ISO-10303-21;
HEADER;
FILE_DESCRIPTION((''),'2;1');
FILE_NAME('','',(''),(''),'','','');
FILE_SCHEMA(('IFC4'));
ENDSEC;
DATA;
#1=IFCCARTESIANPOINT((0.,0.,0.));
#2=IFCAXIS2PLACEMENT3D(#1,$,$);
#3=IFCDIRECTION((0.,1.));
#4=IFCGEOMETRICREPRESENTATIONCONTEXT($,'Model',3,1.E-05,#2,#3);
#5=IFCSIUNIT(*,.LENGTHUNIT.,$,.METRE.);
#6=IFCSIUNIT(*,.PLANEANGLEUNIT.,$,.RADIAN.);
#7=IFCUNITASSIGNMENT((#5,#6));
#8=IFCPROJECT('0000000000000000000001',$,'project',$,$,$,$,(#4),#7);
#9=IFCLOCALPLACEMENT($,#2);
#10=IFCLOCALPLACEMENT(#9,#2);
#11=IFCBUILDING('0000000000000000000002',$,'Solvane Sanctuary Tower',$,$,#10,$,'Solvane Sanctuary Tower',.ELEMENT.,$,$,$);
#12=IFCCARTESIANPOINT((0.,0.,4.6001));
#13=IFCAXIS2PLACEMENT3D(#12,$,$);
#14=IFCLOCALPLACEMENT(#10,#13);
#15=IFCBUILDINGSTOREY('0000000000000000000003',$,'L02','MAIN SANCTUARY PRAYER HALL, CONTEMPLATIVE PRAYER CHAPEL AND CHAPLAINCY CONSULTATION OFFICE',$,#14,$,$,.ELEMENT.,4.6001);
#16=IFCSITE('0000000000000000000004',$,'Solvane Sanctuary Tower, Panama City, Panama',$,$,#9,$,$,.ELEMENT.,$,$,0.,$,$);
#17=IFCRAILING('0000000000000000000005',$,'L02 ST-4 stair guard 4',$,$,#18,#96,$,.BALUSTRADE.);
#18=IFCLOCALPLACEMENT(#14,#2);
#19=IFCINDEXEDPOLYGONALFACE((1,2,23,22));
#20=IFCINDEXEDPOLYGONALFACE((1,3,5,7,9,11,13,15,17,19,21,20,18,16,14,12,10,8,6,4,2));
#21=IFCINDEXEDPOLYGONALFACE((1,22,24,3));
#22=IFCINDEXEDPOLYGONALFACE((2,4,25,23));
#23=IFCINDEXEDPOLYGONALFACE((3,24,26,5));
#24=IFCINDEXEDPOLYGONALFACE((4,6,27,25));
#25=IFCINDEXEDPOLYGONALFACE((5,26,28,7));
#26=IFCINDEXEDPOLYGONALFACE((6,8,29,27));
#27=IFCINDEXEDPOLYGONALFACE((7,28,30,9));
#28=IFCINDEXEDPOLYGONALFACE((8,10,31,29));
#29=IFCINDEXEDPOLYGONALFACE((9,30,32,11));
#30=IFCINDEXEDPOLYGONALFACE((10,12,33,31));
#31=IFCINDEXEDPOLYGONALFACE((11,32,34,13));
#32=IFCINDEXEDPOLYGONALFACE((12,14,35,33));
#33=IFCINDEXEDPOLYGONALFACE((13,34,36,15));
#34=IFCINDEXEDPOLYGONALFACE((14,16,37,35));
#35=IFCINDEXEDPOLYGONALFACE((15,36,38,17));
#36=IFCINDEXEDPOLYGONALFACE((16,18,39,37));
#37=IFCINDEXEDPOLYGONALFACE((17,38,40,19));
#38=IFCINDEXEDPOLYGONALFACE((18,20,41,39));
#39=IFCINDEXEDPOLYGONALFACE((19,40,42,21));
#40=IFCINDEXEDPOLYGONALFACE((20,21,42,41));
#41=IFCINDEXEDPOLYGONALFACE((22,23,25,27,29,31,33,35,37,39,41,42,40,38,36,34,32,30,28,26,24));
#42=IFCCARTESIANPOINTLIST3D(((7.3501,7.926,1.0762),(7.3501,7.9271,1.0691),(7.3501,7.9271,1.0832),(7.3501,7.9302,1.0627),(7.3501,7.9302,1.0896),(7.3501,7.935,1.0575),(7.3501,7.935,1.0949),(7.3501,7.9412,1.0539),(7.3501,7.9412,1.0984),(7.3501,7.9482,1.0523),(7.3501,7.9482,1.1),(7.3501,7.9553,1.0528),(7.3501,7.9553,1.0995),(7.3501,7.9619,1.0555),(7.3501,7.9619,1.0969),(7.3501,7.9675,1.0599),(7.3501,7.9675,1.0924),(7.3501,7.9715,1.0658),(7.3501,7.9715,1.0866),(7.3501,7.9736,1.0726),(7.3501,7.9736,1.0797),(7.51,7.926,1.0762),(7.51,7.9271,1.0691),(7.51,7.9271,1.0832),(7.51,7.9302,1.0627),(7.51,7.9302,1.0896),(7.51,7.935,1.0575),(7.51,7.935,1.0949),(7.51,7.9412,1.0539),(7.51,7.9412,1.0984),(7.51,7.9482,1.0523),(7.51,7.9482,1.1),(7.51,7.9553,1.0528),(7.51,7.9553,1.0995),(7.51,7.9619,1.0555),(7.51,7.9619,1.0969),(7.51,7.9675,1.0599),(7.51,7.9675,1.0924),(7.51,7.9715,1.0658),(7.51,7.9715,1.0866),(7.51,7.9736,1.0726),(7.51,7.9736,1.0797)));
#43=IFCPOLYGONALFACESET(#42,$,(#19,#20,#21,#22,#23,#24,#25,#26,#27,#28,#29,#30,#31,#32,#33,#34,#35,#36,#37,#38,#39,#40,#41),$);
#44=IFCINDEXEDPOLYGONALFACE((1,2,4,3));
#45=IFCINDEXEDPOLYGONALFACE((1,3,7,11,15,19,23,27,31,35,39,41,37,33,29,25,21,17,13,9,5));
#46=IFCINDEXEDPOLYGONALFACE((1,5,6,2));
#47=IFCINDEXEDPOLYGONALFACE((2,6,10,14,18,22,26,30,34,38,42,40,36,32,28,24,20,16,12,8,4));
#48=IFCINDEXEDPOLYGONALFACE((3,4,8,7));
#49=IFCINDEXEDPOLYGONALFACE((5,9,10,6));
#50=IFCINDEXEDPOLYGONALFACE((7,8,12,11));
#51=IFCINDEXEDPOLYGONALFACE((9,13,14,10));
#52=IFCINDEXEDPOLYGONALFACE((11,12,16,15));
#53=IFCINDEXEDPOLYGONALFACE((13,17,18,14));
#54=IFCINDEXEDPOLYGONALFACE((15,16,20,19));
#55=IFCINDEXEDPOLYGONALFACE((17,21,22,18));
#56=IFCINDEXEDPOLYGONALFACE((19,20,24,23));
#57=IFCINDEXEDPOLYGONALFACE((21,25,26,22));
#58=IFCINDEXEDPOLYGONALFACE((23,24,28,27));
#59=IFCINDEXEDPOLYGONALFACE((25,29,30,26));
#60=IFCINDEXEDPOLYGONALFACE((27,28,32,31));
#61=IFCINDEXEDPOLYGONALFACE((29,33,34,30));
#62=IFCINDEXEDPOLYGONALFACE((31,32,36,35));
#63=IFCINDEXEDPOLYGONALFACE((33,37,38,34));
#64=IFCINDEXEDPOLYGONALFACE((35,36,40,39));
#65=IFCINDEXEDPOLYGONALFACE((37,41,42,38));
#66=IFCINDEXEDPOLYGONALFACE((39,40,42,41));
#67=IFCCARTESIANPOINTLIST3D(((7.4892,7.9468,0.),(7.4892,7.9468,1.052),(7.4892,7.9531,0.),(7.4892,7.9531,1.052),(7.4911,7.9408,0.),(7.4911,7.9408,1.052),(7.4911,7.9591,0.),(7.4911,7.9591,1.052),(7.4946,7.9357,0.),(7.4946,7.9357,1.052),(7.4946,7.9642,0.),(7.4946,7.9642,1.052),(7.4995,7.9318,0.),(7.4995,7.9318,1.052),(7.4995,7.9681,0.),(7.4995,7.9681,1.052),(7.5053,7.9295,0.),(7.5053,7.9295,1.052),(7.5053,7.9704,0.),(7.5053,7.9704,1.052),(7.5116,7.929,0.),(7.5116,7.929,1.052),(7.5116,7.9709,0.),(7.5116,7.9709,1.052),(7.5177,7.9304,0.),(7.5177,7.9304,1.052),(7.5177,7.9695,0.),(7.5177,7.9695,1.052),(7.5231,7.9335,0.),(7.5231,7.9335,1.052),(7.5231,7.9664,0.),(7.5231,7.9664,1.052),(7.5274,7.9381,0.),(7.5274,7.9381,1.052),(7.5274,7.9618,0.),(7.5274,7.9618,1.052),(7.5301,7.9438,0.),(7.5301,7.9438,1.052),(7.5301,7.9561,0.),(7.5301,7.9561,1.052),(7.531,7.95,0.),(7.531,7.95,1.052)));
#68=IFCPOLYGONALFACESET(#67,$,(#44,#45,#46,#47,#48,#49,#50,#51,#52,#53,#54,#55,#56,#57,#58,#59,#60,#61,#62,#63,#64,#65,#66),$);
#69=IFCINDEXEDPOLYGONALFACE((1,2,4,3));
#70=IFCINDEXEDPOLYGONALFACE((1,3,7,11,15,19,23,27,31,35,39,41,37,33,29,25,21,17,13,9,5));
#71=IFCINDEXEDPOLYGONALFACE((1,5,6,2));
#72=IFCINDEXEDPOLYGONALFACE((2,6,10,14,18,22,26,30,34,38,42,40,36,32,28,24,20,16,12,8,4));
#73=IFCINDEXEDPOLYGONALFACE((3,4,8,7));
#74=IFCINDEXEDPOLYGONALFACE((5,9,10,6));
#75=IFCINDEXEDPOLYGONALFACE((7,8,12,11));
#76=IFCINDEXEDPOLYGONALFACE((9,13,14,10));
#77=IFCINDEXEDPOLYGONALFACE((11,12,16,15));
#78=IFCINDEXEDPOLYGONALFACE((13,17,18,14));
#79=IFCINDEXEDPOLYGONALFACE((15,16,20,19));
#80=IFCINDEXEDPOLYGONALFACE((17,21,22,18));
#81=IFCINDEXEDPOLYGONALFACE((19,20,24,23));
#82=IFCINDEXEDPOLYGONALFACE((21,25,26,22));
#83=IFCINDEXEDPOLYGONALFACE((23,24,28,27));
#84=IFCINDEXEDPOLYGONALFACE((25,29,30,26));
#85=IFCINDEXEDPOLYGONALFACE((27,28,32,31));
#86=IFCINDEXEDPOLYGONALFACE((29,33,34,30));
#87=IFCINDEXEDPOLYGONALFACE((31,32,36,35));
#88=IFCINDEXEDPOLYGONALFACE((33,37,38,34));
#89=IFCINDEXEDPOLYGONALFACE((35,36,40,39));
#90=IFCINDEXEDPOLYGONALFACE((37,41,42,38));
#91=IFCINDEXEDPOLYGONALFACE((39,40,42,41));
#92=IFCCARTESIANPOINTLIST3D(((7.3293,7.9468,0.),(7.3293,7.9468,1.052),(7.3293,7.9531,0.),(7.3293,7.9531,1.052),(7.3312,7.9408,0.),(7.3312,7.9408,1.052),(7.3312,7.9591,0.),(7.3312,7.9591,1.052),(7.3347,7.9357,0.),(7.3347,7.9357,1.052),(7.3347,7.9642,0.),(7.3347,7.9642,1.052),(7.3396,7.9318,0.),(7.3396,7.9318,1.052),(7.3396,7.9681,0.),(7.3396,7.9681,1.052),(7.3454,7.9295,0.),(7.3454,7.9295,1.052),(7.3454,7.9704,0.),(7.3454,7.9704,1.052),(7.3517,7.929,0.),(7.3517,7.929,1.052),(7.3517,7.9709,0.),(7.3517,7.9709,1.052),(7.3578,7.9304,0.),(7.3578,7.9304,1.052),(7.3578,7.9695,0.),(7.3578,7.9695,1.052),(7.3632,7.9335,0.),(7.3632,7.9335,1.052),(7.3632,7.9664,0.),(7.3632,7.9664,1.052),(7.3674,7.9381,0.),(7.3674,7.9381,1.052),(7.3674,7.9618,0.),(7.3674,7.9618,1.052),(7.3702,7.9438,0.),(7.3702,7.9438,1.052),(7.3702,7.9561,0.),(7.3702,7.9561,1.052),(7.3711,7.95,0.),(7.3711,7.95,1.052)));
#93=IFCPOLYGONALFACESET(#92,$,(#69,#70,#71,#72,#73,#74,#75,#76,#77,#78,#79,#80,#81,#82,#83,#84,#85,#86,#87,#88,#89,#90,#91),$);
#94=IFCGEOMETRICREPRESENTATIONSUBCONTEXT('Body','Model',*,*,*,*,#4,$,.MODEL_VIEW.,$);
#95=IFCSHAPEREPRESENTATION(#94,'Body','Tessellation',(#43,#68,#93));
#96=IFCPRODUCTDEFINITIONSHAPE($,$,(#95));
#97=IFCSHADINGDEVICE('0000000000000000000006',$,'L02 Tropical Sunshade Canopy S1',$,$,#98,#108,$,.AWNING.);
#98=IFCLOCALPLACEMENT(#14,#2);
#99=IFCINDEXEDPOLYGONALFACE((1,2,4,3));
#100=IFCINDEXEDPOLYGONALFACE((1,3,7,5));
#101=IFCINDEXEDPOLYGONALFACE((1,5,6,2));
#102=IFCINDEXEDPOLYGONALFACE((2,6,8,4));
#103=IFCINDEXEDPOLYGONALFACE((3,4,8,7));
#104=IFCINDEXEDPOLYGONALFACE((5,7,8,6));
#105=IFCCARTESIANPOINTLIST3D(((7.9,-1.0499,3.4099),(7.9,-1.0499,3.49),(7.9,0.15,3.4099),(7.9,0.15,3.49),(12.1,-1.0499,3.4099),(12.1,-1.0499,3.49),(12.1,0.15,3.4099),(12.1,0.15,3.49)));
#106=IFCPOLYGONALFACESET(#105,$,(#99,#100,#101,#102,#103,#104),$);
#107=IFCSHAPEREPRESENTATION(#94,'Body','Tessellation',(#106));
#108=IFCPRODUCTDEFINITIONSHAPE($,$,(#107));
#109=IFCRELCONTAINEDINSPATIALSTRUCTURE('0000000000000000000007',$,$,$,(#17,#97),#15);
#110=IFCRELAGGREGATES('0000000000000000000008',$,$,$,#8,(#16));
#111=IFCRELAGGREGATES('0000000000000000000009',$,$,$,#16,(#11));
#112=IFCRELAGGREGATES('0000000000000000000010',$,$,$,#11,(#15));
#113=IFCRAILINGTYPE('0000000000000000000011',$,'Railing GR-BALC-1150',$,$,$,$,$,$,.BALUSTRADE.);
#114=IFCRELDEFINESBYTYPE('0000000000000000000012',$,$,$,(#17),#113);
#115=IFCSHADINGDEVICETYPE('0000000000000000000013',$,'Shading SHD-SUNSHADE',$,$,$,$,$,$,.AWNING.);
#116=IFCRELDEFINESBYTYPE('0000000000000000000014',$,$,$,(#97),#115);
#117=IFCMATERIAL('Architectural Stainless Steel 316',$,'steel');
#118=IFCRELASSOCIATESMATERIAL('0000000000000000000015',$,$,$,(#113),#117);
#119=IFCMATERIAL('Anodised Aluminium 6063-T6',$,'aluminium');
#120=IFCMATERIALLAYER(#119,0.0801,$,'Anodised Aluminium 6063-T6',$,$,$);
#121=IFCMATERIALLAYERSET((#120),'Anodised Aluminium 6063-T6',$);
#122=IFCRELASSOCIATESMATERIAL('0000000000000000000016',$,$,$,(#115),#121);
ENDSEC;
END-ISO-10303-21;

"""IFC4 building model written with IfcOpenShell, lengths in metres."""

from ifc_helpers import new_model, si_unit, direction, frame, origin, origin_2d, place, context, subcontext, project, spatial, rectangle, circle, extrude, material, layer, layer_set, type_object, element, save


model = new_model("IFC4")

# Units and contexts
model_context = context("Model", 3, precision=1e-05, world=origin(), true_north=direction((0.0, 1.0)))
body_context = subcontext(model_context, "Body", "Model", "MODEL_VIEW")
ifc_project = project(units=[si_unit("LENGTHUNIT", "METRE"), si_unit("PLANEANGLEUNIT", "RADIAN")], contexts=[model_context])

# Site, building, storey
site_placement = place(None, origin())
site = spatial("IfcSite", under=ifc_project, at=site_placement, Name="Solvane Sanctuary Tower, Panama City, Panama", CompositionType="ELEMENT", RefElevation=0.0)
building_placement = place(site_placement, origin())
building = spatial("IfcBuilding", under=site, at=building_placement, Name="Solvane Sanctuary Tower", LongName="Solvane Sanctuary Tower", CompositionType="ELEMENT")
storey_placement = place(building_placement, frame((0.0, 0.0, 4.6001)))
storey = spatial("IfcBuildingStorey", under=building, at=storey_placement, Name="L02", Description="MAIN SANCTUARY PRAYER HALL, CONTEMPLATIVE PRAYER CHAPEL AND CHAPLAINCY CONSULTATION OFFICE", CompositionType="ELEMENT", Elevation=4.6001)

# Shared definitions
ifc_material_1 = material(Name="Architectural Stainless Steel 316", Category="steel")

# Railing
railing_type = type_object("IfcRailingType", Name="Railing GR-BALC-1150", PredefinedType="BALUSTRADE", material=ifc_material_1)
railing_1_placement = place(storey_placement, frame((7.51, 7.95, 0.0)))
element("IfcRailing", 1, at=railing_1_placement, inside=storey, type_object=railing_type, Name="L02 ST-4 stair guard 4", PredefinedType="BALUSTRADE", context=body_context, shape_type="SweptSolid", body=[
    extrude(circle(Radius=0.0239, at=origin_2d()), frame((0.0, 0.0, 1.0762), z_axis=(-1.0, 0.0, 0.0), x_axis=(0.0, -1.0, 0.0)), (0.0, 0.0, 1.0), 0.1599),
    extrude(circle(Radius=0.021, at=origin_2d()), origin(), (0.0, 0.0, 1.0), 1.052),
    extrude(circle(Radius=0.021, at=origin_2d()), frame((-0.1599, 0.0, 0.0)), (0.0, 0.0, 1.0), 1.052),
])

# Shading device
ifc_material_2 = material(Name="Anodised Aluminium 6063-T6", Category="aluminium")
ifc_layer_1 = layer(ifc_material_2, 0.0801, Name="Anodised Aluminium 6063-T6")
ifc_layer_set_1 = layer_set([ifc_layer_1], Name="Anodised Aluminium 6063-T6")
shading_device_type = type_object("IfcShadingDeviceType", Name="Shading SHD-SUNSHADE", PredefinedType="AWNING", material=ifc_layer_set_1)
shading_device_placement = place(storey_placement, frame((10.0, -0.45, 3.4099), z_axis=(0.0, 0.0, 1.0), x_axis=(1.0, 0.0, 0.0)))
element("IfcShadingDevice", 2, at=shading_device_placement, inside=storey, type_object=shading_device_type, Name="L02 Tropical Sunshade Canopy S1", PredefinedType="AWNING", context=body_context, shape_type="SweptSolid", body=[
    extrude(rectangle(XDim=4.2, YDim=1.2, at=origin_2d()), origin(), (0.0, 0.0, 1.0), 0.0801),
])

save(model, "model.ifc")
